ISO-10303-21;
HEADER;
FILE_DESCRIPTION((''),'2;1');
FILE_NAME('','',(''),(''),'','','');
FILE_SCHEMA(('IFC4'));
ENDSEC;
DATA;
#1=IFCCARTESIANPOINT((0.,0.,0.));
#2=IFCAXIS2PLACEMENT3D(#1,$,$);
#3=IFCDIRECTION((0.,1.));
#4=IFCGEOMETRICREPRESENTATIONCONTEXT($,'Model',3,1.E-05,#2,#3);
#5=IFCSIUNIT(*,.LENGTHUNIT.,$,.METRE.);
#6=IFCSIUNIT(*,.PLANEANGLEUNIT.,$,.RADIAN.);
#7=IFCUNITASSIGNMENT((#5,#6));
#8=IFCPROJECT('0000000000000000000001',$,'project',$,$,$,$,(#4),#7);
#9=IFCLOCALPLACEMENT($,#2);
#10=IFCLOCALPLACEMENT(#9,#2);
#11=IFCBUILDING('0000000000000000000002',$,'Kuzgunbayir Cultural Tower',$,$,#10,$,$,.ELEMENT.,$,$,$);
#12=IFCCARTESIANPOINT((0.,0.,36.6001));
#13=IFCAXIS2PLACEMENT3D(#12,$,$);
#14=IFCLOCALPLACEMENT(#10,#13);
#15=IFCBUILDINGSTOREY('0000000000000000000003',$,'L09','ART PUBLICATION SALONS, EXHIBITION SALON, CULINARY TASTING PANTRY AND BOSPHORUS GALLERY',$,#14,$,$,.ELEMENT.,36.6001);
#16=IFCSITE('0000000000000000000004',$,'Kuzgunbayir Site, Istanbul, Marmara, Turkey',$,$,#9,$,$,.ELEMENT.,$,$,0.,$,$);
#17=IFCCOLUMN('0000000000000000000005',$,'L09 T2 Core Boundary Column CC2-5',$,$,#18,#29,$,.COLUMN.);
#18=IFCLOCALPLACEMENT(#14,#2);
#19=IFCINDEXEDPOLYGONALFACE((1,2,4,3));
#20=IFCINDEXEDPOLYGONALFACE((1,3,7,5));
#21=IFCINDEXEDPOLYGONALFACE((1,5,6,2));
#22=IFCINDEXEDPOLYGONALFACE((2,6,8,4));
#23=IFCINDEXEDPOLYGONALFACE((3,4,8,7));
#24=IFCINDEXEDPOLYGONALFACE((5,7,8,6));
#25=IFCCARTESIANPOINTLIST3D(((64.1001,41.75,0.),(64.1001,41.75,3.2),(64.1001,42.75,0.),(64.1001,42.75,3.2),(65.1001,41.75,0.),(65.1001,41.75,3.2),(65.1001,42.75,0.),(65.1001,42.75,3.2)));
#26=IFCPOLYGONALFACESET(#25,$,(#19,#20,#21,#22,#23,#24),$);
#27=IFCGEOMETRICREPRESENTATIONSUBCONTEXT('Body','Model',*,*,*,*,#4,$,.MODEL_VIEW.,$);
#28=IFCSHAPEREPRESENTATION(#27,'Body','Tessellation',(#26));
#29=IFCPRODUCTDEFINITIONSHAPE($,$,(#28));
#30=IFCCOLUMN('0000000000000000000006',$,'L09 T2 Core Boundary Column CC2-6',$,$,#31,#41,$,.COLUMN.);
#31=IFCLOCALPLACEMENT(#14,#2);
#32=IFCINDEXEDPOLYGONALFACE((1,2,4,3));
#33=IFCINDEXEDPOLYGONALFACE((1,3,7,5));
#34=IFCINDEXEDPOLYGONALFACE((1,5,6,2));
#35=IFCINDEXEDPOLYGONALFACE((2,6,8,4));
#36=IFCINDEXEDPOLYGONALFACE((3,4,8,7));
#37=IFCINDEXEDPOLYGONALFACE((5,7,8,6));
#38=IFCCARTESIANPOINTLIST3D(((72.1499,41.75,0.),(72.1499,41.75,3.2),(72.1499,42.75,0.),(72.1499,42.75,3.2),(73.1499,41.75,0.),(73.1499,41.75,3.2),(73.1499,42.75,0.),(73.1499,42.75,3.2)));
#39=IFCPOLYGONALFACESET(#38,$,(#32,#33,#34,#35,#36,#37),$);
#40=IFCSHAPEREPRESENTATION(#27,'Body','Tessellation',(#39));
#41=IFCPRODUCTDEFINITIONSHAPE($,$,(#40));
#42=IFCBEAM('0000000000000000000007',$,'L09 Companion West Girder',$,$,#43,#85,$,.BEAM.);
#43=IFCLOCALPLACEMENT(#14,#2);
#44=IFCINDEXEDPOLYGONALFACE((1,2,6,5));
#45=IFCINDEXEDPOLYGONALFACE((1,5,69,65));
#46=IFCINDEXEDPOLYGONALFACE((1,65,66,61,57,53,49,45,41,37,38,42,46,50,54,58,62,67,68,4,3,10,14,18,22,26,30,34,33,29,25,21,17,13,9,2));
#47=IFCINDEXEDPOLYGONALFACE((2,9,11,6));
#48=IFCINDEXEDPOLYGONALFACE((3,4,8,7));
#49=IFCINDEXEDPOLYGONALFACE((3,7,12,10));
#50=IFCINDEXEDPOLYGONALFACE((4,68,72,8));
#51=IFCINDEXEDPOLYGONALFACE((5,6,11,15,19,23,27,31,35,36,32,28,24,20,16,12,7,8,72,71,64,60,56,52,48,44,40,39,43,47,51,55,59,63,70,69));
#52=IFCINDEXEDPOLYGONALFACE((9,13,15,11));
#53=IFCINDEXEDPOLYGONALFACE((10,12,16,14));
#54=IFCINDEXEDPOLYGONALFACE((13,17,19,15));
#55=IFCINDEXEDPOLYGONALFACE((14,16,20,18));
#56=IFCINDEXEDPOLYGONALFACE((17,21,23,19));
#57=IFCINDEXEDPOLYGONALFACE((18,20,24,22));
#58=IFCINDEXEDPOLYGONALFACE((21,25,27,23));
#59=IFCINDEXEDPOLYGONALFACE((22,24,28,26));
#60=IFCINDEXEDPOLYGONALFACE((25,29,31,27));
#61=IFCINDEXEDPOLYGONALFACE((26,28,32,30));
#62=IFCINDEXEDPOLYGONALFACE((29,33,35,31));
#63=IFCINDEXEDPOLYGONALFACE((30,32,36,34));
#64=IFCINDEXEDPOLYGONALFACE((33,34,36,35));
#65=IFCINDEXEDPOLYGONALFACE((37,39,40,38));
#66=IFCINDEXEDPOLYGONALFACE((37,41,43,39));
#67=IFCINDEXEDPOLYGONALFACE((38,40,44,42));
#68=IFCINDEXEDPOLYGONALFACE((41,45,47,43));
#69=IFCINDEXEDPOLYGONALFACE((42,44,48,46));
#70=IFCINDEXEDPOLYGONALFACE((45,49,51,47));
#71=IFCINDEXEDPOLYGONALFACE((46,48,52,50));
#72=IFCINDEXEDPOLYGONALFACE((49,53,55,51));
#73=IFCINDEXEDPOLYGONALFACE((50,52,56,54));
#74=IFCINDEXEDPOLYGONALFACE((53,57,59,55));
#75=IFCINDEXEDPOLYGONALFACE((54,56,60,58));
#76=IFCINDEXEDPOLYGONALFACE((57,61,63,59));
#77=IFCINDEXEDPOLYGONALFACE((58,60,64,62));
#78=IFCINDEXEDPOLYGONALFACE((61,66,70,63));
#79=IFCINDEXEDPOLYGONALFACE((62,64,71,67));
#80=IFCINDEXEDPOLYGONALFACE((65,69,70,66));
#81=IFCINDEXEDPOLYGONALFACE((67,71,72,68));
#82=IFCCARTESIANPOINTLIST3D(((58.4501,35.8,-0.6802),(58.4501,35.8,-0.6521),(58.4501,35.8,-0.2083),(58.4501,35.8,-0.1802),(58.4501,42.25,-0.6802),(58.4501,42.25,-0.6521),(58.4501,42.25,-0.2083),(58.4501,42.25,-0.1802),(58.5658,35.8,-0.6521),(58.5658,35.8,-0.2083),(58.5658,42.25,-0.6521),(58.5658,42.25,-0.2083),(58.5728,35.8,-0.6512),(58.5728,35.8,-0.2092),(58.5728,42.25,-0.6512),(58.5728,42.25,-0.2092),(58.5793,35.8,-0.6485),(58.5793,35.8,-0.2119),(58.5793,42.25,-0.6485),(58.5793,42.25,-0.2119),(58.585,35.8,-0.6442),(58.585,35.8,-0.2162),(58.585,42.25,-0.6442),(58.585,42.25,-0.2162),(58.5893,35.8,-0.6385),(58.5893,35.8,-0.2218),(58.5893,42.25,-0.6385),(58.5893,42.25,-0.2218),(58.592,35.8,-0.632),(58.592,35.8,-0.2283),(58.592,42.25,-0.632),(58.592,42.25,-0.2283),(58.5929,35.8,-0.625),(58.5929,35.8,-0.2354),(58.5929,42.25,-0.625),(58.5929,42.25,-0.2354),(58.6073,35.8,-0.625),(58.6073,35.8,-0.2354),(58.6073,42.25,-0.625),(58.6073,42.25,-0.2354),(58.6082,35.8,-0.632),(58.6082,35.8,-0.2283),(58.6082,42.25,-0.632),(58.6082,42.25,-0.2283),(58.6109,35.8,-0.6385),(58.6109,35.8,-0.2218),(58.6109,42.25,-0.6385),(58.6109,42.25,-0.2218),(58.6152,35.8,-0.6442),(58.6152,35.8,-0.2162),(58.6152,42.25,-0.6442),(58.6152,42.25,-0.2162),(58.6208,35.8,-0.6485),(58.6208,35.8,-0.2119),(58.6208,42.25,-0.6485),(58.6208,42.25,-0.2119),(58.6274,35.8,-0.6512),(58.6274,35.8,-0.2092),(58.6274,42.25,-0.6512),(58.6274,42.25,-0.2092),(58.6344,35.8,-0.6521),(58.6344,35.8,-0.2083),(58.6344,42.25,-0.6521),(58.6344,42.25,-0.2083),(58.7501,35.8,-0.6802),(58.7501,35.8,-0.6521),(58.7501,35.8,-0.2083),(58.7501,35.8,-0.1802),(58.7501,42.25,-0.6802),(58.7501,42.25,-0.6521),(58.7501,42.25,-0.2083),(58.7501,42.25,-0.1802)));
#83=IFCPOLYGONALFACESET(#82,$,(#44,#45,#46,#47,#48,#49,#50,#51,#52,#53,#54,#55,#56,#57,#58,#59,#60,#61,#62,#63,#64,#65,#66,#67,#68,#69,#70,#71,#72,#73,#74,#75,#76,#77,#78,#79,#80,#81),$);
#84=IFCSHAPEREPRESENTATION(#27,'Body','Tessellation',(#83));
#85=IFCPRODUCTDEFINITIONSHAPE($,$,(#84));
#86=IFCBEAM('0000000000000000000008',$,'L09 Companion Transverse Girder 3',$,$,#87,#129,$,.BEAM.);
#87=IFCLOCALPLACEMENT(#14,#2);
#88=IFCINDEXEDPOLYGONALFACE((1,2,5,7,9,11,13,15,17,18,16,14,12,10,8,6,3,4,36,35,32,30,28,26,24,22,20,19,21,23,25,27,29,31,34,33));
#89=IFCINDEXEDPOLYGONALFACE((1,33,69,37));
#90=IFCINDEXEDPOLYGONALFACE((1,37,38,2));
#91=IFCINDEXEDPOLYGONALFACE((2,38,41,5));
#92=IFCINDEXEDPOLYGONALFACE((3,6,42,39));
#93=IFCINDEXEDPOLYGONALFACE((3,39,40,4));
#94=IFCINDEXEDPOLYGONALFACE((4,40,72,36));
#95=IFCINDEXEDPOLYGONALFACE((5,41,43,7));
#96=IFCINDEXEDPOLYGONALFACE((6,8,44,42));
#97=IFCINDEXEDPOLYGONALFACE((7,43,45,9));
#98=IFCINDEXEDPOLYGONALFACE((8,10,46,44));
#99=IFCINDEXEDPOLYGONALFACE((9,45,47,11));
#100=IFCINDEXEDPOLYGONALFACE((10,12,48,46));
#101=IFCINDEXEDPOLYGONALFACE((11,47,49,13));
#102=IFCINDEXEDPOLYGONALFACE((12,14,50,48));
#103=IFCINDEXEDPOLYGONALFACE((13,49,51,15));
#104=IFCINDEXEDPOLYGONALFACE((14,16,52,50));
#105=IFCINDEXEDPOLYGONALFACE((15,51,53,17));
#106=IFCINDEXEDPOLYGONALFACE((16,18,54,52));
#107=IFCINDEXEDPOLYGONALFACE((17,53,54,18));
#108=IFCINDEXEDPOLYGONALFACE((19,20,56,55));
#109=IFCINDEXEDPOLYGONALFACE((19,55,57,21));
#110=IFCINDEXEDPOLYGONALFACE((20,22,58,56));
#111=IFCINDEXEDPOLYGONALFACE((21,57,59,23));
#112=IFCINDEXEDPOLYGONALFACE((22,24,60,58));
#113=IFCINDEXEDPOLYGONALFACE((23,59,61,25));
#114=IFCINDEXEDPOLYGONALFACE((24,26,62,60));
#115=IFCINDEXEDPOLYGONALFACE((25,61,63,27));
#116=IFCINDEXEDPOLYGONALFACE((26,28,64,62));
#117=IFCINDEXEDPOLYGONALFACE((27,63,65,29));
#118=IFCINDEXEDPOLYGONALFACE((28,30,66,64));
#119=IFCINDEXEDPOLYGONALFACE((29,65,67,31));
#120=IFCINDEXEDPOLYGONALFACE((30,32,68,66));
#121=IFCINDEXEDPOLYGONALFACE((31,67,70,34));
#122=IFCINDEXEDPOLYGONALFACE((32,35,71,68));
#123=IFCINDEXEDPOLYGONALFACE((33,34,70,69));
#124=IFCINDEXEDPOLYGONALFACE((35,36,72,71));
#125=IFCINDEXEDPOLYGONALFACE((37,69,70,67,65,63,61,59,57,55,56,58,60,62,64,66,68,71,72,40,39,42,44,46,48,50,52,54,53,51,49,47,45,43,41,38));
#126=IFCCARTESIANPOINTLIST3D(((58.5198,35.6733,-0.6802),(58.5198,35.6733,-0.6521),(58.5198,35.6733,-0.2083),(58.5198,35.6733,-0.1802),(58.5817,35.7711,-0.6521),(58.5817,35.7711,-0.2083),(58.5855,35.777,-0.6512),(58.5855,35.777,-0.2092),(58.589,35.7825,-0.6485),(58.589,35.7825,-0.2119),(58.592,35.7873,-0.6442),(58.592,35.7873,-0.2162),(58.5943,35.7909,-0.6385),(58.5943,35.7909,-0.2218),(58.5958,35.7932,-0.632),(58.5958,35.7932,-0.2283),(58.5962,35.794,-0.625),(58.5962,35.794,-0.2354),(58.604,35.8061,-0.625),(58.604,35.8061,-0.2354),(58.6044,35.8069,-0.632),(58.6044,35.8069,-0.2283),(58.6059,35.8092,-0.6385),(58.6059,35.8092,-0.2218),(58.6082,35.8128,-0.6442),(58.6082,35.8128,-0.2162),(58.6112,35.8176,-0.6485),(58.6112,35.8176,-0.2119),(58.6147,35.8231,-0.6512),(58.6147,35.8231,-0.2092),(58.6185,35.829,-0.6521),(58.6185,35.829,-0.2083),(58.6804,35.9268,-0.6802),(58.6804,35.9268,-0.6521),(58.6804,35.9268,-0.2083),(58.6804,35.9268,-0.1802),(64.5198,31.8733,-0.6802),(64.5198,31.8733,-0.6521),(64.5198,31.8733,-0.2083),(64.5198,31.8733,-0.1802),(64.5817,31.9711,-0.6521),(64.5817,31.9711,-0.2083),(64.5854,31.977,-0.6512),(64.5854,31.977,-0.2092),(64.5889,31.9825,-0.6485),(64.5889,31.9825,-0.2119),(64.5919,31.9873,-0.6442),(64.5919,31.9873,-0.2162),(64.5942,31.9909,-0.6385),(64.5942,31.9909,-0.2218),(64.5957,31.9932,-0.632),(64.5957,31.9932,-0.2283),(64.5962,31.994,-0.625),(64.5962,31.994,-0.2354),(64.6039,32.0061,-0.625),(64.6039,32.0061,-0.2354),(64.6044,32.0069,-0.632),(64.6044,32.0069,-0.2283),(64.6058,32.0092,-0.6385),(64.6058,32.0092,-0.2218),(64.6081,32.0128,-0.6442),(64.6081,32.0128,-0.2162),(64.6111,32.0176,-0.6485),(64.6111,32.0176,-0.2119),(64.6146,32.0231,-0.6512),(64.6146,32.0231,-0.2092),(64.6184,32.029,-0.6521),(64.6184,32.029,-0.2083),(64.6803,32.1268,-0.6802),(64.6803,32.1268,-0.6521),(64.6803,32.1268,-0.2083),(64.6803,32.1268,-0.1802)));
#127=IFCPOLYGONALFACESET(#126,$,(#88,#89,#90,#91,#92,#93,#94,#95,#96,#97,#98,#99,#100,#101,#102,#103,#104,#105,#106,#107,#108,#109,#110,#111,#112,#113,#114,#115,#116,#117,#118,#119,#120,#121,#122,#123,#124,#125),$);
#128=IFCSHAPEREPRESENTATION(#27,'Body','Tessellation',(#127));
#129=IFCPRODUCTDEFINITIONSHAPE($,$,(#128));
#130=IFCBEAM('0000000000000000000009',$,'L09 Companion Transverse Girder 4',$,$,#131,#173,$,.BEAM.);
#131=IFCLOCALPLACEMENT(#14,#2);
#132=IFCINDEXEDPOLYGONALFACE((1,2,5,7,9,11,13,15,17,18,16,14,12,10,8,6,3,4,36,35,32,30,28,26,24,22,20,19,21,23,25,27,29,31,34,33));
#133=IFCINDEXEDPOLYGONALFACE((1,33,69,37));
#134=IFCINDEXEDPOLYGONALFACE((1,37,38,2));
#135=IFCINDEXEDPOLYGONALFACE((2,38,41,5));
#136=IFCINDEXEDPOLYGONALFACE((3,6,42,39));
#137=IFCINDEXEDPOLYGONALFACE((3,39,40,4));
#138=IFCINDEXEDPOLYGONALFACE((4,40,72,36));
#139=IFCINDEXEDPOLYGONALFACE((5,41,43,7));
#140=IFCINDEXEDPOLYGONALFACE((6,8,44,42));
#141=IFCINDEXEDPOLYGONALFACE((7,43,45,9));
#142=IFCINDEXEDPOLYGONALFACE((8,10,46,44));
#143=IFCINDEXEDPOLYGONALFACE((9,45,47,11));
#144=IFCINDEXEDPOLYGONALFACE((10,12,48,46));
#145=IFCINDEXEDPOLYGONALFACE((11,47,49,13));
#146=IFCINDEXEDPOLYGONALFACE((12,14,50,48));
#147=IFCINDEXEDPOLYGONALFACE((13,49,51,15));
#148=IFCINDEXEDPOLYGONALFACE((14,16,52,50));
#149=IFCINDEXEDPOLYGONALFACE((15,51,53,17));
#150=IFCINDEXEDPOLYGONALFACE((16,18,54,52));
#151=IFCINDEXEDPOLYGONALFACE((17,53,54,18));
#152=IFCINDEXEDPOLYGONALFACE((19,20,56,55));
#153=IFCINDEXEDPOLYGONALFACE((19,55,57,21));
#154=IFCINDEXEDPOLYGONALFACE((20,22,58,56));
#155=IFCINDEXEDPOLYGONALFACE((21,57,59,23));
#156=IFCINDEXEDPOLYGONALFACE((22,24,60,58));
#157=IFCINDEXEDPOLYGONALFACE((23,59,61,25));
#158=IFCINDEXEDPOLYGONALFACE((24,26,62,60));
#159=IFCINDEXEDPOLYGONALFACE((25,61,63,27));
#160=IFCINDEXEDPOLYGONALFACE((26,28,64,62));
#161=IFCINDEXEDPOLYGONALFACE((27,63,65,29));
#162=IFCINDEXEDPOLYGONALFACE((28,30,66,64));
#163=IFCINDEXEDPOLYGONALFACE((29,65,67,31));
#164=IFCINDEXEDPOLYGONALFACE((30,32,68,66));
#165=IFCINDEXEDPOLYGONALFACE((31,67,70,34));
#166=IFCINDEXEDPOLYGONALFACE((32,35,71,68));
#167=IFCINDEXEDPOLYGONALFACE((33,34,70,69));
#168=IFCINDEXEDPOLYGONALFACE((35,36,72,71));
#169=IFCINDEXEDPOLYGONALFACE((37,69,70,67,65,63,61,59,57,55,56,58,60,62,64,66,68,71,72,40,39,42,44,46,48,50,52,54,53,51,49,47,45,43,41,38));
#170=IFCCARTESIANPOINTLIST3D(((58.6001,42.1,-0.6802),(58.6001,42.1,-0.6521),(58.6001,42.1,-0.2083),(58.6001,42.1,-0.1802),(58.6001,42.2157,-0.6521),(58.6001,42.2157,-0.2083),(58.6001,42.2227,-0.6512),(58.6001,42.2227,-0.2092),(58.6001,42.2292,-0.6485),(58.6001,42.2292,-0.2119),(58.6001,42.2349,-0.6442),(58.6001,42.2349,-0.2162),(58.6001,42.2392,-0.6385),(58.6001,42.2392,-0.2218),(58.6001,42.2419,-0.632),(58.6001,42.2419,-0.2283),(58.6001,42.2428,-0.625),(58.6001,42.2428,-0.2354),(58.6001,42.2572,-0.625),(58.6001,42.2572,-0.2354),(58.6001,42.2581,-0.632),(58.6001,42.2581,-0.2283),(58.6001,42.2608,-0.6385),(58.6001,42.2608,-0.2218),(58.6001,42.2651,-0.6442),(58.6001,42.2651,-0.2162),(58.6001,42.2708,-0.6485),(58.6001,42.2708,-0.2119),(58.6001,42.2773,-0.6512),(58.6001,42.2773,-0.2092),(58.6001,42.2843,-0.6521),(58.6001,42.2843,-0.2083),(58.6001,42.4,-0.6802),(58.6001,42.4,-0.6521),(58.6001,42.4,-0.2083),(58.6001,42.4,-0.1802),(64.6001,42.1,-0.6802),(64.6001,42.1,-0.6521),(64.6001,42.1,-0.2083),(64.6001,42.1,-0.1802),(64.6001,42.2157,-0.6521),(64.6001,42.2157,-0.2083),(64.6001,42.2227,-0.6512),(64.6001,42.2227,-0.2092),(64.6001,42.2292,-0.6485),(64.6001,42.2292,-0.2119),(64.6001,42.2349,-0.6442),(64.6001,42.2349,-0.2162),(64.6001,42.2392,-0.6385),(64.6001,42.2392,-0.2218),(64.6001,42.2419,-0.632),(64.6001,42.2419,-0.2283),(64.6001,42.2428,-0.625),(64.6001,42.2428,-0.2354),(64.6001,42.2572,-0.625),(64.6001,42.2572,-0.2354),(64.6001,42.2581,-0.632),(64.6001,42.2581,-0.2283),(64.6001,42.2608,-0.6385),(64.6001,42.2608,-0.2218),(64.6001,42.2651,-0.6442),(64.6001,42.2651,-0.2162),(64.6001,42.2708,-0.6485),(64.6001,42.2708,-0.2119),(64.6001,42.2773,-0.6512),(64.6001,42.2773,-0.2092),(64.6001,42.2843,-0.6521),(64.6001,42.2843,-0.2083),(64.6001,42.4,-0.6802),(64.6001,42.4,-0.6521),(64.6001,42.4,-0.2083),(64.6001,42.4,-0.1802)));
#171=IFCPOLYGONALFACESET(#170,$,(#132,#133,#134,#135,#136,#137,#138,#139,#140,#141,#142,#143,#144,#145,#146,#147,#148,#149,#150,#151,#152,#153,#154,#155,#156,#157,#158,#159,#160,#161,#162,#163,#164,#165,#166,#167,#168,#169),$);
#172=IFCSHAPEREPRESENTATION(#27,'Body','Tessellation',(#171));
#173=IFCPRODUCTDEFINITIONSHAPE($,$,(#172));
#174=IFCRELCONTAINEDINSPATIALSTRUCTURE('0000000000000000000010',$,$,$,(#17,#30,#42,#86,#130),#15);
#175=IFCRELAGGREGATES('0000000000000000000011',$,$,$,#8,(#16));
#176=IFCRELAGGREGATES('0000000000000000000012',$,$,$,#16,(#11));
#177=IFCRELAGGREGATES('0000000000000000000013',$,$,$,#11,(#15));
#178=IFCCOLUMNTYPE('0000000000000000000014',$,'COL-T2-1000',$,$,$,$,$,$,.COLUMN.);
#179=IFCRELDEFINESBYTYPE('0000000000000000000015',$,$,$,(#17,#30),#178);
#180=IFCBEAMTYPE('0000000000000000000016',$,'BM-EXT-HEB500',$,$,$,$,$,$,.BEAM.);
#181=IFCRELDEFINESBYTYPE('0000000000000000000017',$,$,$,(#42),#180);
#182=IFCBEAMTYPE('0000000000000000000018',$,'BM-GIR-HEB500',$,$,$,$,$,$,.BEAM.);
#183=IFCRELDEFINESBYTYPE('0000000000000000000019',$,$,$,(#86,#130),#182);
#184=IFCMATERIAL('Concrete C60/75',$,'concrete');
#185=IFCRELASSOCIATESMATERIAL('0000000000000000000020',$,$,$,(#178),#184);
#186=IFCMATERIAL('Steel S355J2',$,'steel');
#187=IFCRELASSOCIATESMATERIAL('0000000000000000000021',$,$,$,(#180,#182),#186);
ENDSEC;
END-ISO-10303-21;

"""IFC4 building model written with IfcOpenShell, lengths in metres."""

from ifc_helpers import new_model, si_unit, direction, frame, origin, origin_2d, place, context, subcontext, project, spatial, rectangle, i_section, extrude, material, material_profile, profile_set, type_object, element, save


model = new_model("IFC4")

# Units and contexts
model_context = context("Model", 3, precision=1e-05, world=origin(), true_north=direction((0.0, 1.0)))
body_context = subcontext(model_context, "Body", "Model", "MODEL_VIEW")
ifc_project = project(units=[si_unit("LENGTHUNIT", "METRE"), si_unit("PLANEANGLEUNIT", "RADIAN")], contexts=[model_context])

# Site, building, storey
site_placement = place(None, origin())
site = spatial("IfcSite", under=ifc_project, at=site_placement, Name="Kuzgunbayir Site, Istanbul, Marmara, Turkey", CompositionType="ELEMENT", RefElevation=0.0)
building_placement = place(site_placement, origin())
building = spatial("IfcBuilding", under=site, at=building_placement, Name="Kuzgunbayir Cultural Tower", CompositionType="ELEMENT")
storey_placement = place(building_placement, frame((0.0, 0.0, 36.6001)))
storey = spatial("IfcBuildingStorey", under=building, at=storey_placement, Name="L09", Description="ART PUBLICATION SALONS, EXHIBITION SALON, CULINARY TASTING PANTRY AND BOSPHORUS GALLERY", CompositionType="ELEMENT", Elevation=36.6001)

# Columns
ifc_material_1 = material(Name="Concrete C60/75", Category="concrete")
ifc_material_profile_1 = material_profile(ifc_material_1, rectangle(XDim=1.0, YDim=1.0, at=origin_2d()), Name="RC 1000x1000")
ifc_profile_set_1 = profile_set([ifc_material_profile_1], Name="Concrete C60/75")
column_type = type_object("IfcColumnType", Name="COL-T2-1000", PredefinedType="COLUMN", material=ifc_profile_set_1)
for number, where, z_axis, x_axis, name in (
    (1, (64.6001, 42.25, 0.0), (0.0, 0.0, 1.0), (1.0, 0.0, 0.0), "L09 T2 Core Boundary Column CC2-5"),
    (2, (72.6499, 42.25, 0.0), (0.0, 0.0, 1.0), (1.0, 0.0, 0.0), "L09 T2 Core Boundary Column CC2-6"),
):
    element("IfcColumn", number, at=place(storey_placement, frame(where, z_axis=z_axis, x_axis=x_axis)), inside=storey, type_object=column_type, Name=name, PredefinedType="COLUMN", context=body_context, shape_type="SweptSolid", body=[
        extrude(rectangle(XDim=1.0, YDim=1.0, at=origin_2d()), origin(), (0.0, 0.0, 1.0), 3.2),
    ])

# Beams
ifc_material_2 = material(Name="Steel S355J2", Category="steel")
ifc_material_profile_2 = material_profile(ifc_material_2, i_section(OverallWidth=0.3, OverallDepth=0.5, WebThickness=0.0144, FlangeThickness=0.0281, FilletRadius=0.0271, at=origin_2d()), Name="HEB 500")
ifc_profile_set_2 = profile_set([ifc_material_profile_2], Name="Steel S355J2")
beam_type_1 = type_object("IfcBeamType", Name="BM-EXT-HEB500", PredefinedType="BEAM", material=ifc_profile_set_2)
beam_1_placement = place(storey_placement, frame((58.6001, 35.8, -0.4302), z_axis=(0.0, 1.0, 0.0), x_axis=(-1.0, 0.0, 0.0)))
element("IfcBeam", 3, at=beam_1_placement, inside=storey, type_object=beam_type_1, Name="L09 Companion West Girder", PredefinedType="BEAM", context=body_context, shape_type="SweptSolid", body=[
    extrude(i_section(OverallWidth=0.3, OverallDepth=0.5, WebThickness=0.0144, FlangeThickness=0.0281, FilletRadius=0.0271, at=origin_2d()), origin(), (0.0, 0.0, 1.0), 6.45),
])
ifc_material_profile_3 = material_profile(ifc_material_2, i_section(OverallWidth=0.3, OverallDepth=0.5, WebThickness=0.0144, FlangeThickness=0.0281, FilletRadius=0.0271, at=origin_2d()), Name="HEB 500")
ifc_profile_set_3 = profile_set([ifc_material_profile_3], Name="Steel S355J2")
beam_type_2 = type_object("IfcBeamType", Name="BM-GIR-HEB500", PredefinedType="BEAM", material=ifc_profile_set_3)
beam_2_placement = place(storey_placement, frame((58.6001, 35.8, -0.4302), z_axis=(0.844816, -0.535057, 0.0), x_axis=(0.535057, 0.844816, 0.0)))
element("IfcBeam", 4, at=beam_2_placement, inside=storey, type_object=beam_type_2, Name="L09 Companion Transverse Girder 3", PredefinedType="BEAM", context=body_context, shape_type="SweptSolid", body=[
    extrude(i_section(OverallWidth=0.3, OverallDepth=0.5, WebThickness=0.0144, FlangeThickness=0.0281, FilletRadius=0.0271, at=origin_2d()), origin(), (0.0, 0.0, 1.0), 7.1021),
])
beam_3_placement = place(storey_placement, frame((58.6001, 42.25, -0.4302), z_axis=(1.0, 0.0, 0.0), x_axis=(0.0, 1.0, 0.0)))
element("IfcBeam", 5, at=beam_3_placement, inside=storey, type_object=beam_type_2, Name="L09 Companion Transverse Girder 4", PredefinedType="BEAM", context=body_context, shape_type="SweptSolid", body=[
    extrude(i_section(OverallWidth=0.3, OverallDepth=0.5, WebThickness=0.0144, FlangeThickness=0.0281, FilletRadius=0.0271, at=origin_2d()), origin(), (0.0, 0.0, 1.0), 6.0),
])

save(model, "model.ifc")
